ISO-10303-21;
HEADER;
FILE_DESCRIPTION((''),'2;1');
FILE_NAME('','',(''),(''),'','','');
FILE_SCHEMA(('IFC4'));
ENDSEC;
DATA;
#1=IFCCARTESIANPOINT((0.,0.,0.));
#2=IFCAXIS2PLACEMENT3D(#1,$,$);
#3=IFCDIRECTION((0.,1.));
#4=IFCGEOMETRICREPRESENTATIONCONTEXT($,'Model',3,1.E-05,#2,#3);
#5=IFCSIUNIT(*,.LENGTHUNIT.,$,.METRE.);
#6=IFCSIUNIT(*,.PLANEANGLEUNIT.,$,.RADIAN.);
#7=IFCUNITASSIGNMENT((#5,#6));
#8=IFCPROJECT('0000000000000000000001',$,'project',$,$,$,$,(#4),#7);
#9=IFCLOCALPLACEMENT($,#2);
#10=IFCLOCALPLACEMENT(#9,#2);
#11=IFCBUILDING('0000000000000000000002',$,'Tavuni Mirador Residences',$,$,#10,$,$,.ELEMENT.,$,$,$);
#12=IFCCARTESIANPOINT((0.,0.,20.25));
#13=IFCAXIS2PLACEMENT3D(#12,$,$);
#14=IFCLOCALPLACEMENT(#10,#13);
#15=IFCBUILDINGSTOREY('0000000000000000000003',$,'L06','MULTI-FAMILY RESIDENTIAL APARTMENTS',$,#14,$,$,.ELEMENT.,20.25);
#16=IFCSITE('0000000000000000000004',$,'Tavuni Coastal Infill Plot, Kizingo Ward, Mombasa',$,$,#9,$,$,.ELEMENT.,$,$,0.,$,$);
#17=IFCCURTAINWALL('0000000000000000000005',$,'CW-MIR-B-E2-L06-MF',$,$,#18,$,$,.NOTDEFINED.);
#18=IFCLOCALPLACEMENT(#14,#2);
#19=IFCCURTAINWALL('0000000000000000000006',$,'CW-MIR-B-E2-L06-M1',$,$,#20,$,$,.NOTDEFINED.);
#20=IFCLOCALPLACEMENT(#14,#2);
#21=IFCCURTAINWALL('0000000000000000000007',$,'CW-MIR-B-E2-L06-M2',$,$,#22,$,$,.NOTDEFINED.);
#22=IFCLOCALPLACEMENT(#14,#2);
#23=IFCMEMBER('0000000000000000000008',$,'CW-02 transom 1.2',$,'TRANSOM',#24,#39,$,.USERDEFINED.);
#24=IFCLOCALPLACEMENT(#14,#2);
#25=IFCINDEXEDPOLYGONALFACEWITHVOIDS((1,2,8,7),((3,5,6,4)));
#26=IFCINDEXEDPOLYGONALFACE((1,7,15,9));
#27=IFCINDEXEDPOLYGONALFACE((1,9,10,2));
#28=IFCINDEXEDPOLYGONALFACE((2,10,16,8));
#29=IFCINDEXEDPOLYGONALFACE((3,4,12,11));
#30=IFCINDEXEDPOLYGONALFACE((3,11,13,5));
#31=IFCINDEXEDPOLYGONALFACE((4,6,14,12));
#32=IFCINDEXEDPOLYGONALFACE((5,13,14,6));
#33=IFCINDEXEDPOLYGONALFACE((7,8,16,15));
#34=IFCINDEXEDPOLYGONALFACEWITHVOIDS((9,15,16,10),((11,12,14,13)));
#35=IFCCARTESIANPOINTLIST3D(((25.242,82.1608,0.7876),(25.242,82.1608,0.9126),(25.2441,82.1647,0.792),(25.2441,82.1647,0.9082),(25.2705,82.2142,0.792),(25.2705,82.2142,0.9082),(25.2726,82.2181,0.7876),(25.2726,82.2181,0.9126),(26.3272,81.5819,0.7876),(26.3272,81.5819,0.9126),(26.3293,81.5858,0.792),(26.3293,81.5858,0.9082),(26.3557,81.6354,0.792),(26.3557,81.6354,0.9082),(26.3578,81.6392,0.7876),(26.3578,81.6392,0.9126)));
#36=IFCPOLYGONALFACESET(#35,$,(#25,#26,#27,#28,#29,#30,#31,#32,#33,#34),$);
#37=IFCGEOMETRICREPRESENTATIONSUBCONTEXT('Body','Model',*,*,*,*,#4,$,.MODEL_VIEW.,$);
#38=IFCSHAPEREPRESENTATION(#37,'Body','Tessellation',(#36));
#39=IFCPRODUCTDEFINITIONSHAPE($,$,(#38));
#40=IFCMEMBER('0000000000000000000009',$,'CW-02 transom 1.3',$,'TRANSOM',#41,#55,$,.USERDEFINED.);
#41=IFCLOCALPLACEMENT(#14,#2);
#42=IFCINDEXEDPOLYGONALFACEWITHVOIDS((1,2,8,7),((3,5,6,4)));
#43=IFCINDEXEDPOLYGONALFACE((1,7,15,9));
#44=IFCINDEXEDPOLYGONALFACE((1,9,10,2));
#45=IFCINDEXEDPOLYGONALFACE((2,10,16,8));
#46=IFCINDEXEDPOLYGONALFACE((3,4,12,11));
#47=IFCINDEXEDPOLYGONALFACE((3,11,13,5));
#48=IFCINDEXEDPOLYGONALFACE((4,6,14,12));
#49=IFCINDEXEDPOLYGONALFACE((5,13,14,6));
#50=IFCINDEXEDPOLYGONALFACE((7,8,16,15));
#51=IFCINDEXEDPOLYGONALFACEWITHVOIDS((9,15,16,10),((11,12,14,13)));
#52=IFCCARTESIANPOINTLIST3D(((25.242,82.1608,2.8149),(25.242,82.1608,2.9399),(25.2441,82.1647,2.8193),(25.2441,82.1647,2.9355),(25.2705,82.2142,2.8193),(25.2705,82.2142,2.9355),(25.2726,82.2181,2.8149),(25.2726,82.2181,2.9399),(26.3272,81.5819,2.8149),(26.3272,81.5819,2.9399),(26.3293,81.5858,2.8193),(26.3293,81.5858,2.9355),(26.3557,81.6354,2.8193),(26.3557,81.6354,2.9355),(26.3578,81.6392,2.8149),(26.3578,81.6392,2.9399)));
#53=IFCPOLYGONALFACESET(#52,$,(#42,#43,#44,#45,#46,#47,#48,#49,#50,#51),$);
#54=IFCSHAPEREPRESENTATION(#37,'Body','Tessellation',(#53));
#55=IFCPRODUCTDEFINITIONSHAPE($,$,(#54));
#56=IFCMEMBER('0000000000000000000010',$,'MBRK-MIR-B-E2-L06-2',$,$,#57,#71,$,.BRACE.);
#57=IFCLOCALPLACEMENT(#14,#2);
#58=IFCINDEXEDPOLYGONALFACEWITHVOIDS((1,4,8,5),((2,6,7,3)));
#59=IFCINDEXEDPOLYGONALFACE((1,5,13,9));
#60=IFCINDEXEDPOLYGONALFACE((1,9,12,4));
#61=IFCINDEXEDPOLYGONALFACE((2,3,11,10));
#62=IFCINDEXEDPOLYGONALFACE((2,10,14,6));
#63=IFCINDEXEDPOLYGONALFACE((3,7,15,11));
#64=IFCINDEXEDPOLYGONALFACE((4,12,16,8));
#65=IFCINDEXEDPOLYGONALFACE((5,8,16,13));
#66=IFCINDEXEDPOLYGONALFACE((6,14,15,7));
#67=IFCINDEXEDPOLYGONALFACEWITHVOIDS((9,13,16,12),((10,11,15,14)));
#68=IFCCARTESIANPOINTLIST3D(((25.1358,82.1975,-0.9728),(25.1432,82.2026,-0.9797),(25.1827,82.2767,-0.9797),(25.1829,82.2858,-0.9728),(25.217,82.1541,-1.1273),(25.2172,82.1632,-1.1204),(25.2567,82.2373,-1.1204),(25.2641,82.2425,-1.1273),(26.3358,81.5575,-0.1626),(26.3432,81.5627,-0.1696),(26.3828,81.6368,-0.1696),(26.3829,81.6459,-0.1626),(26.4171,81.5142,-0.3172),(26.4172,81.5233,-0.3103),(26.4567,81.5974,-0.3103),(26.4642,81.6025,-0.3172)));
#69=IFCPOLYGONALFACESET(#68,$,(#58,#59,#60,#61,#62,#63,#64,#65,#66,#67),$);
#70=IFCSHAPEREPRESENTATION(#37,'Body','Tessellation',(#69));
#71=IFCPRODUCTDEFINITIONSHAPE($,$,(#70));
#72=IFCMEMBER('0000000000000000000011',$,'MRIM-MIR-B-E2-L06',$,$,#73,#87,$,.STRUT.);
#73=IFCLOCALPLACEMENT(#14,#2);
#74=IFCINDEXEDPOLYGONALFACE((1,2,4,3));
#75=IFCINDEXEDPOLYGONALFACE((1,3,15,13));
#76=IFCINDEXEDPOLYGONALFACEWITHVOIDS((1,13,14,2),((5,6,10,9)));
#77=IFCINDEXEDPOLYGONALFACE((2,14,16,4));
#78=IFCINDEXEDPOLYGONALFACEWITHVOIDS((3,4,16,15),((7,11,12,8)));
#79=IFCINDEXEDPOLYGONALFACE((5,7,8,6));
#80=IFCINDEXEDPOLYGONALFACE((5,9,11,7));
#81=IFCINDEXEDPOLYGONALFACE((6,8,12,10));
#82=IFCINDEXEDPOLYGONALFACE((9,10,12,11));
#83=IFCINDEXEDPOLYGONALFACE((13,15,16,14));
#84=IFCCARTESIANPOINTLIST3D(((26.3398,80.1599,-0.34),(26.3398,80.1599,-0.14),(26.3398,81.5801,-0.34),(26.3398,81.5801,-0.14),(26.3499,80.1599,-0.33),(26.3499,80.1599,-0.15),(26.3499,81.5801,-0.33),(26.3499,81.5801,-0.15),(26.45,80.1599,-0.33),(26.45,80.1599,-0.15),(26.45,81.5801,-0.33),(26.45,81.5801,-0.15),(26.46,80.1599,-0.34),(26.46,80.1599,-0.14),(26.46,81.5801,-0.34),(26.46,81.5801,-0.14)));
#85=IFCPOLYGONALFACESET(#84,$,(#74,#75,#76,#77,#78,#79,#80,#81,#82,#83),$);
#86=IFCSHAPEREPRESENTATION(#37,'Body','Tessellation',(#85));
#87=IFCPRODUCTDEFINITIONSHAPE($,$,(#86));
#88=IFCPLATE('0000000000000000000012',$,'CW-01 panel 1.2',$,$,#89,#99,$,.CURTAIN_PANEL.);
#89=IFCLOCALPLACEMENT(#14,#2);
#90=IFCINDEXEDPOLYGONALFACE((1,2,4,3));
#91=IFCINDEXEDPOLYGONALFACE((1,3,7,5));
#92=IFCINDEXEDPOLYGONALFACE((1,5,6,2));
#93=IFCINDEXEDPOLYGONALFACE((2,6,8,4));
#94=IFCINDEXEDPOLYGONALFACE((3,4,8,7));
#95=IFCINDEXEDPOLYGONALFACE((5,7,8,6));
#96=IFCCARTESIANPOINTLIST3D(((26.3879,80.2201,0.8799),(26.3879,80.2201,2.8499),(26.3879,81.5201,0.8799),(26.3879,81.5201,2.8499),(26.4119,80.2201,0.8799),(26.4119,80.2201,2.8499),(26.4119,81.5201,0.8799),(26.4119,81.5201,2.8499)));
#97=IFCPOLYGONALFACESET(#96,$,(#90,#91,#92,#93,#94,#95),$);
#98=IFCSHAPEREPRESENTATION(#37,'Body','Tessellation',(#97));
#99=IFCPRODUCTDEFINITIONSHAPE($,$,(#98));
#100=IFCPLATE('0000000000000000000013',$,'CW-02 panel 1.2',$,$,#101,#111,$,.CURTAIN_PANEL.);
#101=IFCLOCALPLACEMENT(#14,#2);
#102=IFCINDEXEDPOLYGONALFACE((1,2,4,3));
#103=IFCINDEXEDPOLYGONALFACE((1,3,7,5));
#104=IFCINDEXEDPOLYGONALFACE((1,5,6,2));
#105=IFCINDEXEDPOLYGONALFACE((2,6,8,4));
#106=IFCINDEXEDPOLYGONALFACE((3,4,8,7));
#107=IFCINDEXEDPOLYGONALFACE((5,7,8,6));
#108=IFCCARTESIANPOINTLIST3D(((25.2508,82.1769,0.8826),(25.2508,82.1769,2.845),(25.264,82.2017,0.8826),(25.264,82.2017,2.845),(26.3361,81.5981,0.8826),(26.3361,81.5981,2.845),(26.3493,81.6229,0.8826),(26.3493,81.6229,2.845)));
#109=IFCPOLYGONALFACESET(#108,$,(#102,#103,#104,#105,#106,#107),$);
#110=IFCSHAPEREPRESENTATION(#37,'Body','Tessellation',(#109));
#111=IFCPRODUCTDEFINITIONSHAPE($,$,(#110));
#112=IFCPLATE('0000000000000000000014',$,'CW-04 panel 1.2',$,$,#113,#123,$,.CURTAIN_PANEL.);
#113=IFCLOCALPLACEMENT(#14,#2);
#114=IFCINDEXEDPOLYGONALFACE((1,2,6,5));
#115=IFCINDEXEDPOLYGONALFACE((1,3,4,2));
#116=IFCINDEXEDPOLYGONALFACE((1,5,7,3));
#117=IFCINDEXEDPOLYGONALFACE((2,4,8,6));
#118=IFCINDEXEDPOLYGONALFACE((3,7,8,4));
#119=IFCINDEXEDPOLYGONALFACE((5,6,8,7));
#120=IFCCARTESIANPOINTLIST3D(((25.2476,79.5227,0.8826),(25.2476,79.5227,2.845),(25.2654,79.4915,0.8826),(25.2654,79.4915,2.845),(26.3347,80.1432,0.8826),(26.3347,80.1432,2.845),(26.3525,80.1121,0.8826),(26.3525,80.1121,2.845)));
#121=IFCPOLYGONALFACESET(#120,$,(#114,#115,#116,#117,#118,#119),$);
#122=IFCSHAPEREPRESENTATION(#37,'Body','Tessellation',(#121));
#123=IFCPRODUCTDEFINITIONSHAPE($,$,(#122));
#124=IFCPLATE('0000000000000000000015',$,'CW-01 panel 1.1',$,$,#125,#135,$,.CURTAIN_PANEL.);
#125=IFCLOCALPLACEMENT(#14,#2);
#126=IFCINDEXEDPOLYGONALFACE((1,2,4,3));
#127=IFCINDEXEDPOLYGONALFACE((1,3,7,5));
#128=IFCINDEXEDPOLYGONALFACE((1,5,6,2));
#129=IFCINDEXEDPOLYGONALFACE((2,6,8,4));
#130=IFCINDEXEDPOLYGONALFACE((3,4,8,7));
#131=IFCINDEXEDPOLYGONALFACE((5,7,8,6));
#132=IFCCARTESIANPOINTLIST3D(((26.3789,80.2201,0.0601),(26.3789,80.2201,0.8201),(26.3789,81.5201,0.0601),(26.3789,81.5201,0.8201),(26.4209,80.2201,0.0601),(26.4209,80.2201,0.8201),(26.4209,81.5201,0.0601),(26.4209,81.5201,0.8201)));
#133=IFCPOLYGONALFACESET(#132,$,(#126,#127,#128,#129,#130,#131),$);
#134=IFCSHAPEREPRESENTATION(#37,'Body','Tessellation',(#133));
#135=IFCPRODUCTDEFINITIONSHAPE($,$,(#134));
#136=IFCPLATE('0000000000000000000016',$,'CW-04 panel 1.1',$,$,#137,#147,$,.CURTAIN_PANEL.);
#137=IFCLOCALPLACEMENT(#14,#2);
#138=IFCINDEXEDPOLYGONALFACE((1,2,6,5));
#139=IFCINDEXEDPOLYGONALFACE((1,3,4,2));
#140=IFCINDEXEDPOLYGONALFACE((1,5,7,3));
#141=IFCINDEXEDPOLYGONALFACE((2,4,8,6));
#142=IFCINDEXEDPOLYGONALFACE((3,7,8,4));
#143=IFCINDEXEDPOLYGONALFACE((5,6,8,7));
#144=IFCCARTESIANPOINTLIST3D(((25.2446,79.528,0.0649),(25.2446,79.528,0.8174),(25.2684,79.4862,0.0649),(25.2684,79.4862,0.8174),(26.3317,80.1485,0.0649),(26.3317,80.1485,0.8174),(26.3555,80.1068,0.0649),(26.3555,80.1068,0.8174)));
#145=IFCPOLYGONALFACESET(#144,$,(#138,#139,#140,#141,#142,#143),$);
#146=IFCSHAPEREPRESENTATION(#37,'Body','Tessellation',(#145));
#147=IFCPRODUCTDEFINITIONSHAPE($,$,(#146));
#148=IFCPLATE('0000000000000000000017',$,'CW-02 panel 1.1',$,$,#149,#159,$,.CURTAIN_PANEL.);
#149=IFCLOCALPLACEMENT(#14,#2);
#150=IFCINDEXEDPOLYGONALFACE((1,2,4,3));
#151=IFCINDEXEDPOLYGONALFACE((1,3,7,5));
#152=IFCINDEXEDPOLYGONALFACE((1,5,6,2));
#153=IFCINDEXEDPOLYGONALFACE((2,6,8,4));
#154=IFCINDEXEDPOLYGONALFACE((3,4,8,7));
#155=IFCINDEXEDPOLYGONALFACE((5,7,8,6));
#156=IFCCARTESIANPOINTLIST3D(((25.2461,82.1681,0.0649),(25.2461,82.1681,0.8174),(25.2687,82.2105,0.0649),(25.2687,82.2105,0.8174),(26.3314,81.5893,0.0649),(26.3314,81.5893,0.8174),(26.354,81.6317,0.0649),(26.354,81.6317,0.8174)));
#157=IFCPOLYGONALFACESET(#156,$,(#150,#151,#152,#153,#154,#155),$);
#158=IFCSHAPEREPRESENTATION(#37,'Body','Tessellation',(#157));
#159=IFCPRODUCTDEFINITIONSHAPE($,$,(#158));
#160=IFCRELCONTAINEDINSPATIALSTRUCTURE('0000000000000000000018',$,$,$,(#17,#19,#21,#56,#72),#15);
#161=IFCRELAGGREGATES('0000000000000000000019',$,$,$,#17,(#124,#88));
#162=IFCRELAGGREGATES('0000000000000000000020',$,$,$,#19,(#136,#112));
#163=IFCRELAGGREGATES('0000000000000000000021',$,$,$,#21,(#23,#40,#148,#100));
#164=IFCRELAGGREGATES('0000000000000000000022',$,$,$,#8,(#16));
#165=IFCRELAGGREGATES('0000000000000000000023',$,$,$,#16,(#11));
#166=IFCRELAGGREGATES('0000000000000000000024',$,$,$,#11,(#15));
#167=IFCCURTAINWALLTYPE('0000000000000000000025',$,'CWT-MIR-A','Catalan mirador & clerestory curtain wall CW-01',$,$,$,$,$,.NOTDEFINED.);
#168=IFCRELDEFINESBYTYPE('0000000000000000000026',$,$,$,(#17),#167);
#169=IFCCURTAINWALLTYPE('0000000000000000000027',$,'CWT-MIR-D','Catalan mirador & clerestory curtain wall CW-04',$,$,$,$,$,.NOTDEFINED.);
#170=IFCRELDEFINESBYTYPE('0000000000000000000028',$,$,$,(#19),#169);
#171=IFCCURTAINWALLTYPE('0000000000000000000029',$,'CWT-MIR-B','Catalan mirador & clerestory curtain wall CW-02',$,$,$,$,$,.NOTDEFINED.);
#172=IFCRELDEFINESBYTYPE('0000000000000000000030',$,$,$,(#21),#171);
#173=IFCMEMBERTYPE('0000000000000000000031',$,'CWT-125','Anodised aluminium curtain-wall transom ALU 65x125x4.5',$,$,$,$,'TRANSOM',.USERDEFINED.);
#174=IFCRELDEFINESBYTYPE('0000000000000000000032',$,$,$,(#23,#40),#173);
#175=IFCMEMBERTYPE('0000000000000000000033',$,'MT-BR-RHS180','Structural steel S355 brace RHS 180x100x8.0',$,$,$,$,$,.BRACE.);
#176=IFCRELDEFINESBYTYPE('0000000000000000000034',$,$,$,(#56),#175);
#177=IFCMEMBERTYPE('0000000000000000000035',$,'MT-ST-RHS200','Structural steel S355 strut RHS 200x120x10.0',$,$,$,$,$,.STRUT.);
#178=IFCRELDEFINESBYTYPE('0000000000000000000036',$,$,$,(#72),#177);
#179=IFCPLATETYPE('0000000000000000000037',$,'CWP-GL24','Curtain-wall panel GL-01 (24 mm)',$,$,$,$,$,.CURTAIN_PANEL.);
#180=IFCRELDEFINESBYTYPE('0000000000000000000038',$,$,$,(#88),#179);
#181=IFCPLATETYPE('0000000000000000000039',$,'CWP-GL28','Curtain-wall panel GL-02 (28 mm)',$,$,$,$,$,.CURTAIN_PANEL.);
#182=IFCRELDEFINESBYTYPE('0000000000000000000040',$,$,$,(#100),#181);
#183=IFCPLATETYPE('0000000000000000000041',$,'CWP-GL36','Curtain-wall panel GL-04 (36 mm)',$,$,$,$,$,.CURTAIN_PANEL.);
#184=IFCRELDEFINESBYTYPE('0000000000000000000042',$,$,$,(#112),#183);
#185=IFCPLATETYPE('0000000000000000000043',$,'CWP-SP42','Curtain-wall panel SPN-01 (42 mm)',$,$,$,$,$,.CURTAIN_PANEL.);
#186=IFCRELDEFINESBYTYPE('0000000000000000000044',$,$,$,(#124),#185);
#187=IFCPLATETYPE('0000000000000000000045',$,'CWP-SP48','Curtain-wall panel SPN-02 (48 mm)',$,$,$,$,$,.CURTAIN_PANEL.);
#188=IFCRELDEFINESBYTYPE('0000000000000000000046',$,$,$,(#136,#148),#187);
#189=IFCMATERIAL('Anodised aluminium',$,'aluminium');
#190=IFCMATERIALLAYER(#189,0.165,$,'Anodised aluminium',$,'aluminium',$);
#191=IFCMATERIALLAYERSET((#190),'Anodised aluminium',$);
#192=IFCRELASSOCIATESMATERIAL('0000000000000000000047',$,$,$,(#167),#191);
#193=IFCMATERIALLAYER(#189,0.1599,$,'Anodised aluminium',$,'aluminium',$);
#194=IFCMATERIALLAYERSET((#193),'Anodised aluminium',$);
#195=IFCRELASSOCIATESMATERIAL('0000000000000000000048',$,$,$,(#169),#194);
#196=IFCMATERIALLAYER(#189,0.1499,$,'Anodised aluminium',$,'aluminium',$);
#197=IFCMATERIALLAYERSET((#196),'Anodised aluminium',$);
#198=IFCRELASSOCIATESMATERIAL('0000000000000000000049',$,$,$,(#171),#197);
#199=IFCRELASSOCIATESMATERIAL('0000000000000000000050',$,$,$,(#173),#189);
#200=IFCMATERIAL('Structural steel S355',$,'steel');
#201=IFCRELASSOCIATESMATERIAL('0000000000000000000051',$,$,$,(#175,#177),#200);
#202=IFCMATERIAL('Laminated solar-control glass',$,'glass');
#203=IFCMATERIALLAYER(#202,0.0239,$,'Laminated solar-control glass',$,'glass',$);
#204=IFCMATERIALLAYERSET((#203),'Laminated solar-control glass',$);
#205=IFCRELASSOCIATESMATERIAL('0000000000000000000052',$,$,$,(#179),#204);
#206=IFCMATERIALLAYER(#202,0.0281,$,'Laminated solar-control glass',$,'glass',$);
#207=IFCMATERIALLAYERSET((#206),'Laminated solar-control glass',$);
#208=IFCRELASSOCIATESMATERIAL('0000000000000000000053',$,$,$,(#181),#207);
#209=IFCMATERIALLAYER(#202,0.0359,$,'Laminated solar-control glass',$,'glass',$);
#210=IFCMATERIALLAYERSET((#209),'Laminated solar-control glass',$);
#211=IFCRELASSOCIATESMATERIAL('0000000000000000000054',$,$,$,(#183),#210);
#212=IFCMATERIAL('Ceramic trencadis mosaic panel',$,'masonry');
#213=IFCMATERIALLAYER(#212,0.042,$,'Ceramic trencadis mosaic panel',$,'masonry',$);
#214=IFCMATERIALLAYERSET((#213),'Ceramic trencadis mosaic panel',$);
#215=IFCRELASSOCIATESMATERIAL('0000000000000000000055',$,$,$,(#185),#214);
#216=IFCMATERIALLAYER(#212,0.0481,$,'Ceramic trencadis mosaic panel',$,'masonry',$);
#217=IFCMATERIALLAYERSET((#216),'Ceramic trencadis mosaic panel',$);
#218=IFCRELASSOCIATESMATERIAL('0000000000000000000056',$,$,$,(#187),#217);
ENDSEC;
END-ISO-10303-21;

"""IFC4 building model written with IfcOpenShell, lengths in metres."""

from ifc_helpers import new_model, si_unit, direction, frame, origin, origin_2d, place, context, subcontext, project, spatial, rectangle, hollow_rectangle, extrude, material, layer, layer_set, material_profile, profile_set, type_object, element, aggregate, save


model = new_model("IFC4")

# Units and contexts
model_context = context("Model", 3, precision=1e-05, world=origin(), true_north=direction((0.0, 1.0)))
body_context = subcontext(model_context, "Body", "Model", "MODEL_VIEW")
ifc_project = project(units=[si_unit("LENGTHUNIT", "METRE"), si_unit("PLANEANGLEUNIT", "RADIAN")], contexts=[model_context])

# Site, building, storey
site_placement = place(None, origin())
site = spatial("IfcSite", under=ifc_project, at=site_placement, Name="Tavuni Coastal Infill Plot, Kizingo Ward, Mombasa", CompositionType="ELEMENT", RefElevation=0.0)
building_placement = place(site_placement, origin())
building = spatial("IfcBuilding", under=site, at=building_placement, Name="Tavuni Mirador Residences", CompositionType="ELEMENT")
storey_placement = place(building_placement, frame((0.0, 0.0, 20.25)))
storey = spatial("IfcBuildingStorey", under=building, at=storey_placement, Name="L06", Description="MULTI-FAMILY RESIDENTIAL APARTMENTS", CompositionType="ELEMENT", Elevation=20.25)

# Curtain wall
ifc_material_1 = material(Name="Anodised aluminium", Category="aluminium")
ifc_layer_1 = layer(ifc_material_1, 0.165, Name="Anodised aluminium", Category="aluminium")
ifc_layer_set_1 = layer_set([ifc_layer_1], Name="Anodised aluminium")
curtain_wall_type_1 = type_object("IfcCurtainWallType", Name="CWT-MIR-A", Description="Catalan mirador & clerestory curtain wall CW-01", PredefinedType="NOTDEFINED", material=ifc_layer_set_1)
curtain_wall_1_placement = place(storey_placement, origin())
curtain_wall_1 = element("IfcCurtainWall", 1, at=curtain_wall_1_placement, inside=storey, type_object=curtain_wall_type_1, Name="CW-MIR-B-E2-L06-MF", PredefinedType="NOTDEFINED")

# Curtain wall
ifc_layer_2 = layer(ifc_material_1, 0.1599, Name="Anodised aluminium", Category="aluminium")
ifc_layer_set_2 = layer_set([ifc_layer_2], Name="Anodised aluminium")
curtain_wall_type_2 = type_object("IfcCurtainWallType", Name="CWT-MIR-D", Description="Catalan mirador & clerestory curtain wall CW-04", PredefinedType="NOTDEFINED", material=ifc_layer_set_2)
curtain_wall_2_placement = place(storey_placement, origin())
curtain_wall_2 = element("IfcCurtainWall", 2, at=curtain_wall_2_placement, inside=storey, type_object=curtain_wall_type_2, Name="CW-MIR-B-E2-L06-M1", PredefinedType="NOTDEFINED")

# Curtain wall
ifc_layer_3 = layer(ifc_material_1, 0.1499, Name="Anodised aluminium", Category="aluminium")
ifc_layer_set_3 = layer_set([ifc_layer_3], Name="Anodised aluminium")
curtain_wall_type_3 = type_object("IfcCurtainWallType", Name="CWT-MIR-B", Description="Catalan mirador & clerestory curtain wall CW-02", PredefinedType="NOTDEFINED", material=ifc_layer_set_3)
curtain_wall_3_placement = place(storey_placement, origin())
curtain_wall_3 = element("IfcCurtainWall", 3, at=curtain_wall_3_placement, inside=storey, type_object=curtain_wall_type_3, Name="CW-MIR-B-E2-L06-M2", PredefinedType="NOTDEFINED")

# Members
ifc_material_profile_1 = material_profile(ifc_material_1, hollow_rectangle(XDim=0.0649, YDim=0.125, WallThickness=0.0044, at=origin_2d()), Name="ALU 65x125x4.5", Category="aluminium")
ifc_profile_set_1 = profile_set([ifc_material_profile_1], Name="Anodised aluminium")
member_type_1 = type_object("IfcMemberType", Name="CWT-125", Description="Anodised aluminium curtain-wall transom ALU 65x125x4.5", ElementType="TRANSOM", PredefinedType="USERDEFINED", material=ifc_profile_set_1)
member_1_placement = place(storey_placement, frame((26.3425, 81.6106, 0.8501), z_axis=(-0.882325, 0.47064, 0.0), x_axis=(-0.47064, -0.882325, 0.0)))
member_1 = element("IfcMember", 4, at=member_1_placement, type_object=member_type_1, Name="CW-02 transom 1.2", ObjectType="TRANSOM", PredefinedType="USERDEFINED", context=body_context, shape_type="SweptSolid", body=[
    extrude(hollow_rectangle(XDim=0.0649, YDim=0.125, WallThickness=0.0044, at=origin_2d()), origin(), (0.0, 0.0, 1.0), 1.23),
])
member_2_placement = place(storey_placement, frame((26.3425, 81.6106, 2.8774), z_axis=(-0.882325, 0.47064, 0.0), x_axis=(-0.47064, -0.882325, 0.0)))
member_2 = element("IfcMember", 5, at=member_2_placement, type_object=member_type_1, Name="CW-02 transom 1.3", ObjectType="TRANSOM", PredefinedType="USERDEFINED", context=body_context, shape_type="SweptSolid", body=[
    extrude(hollow_rectangle(XDim=0.0649, YDim=0.125, WallThickness=0.0044, at=origin_2d()), origin(), (0.0, 0.0, 1.0), 1.23),
])

# Members
ifc_material_2 = material(Name="Structural steel S355", Category="steel")
ifc_material_profile_2 = material_profile(ifc_material_2, hollow_rectangle(XDim=0.1001, YDim=0.1799, WallThickness=0.0081, at=origin_2d()), Name="RHS 180x100x8.0", Category="steel")
ifc_profile_set_2 = profile_set([ifc_material_profile_2], Name="Structural steel S355")
member_type_2 = type_object("IfcMemberType", Name="MT-BR-RHS180", Description="Structural steel S355 brace RHS 180x100x8.0", PredefinedType="BRACE", material=ifc_profile_set_2)
member_3_placement = place(storey_placement, frame((25.2, 82.22, -1.05), z_axis=(0.758076, -0.404256, 0.511759), x_axis=(0.470542, 0.882378, 0.0)))
element("IfcMember", 6, at=member_3_placement, inside=storey, type_object=member_type_2, Name="MBRK-MIR-B-E2-L06-2", PredefinedType="BRACE", context=body_context, shape_type="SweptSolid", body=[
    extrude(hollow_rectangle(XDim=0.1001, YDim=0.1799, WallThickness=0.0081, at=origin_2d()), origin(), (0.0, 0.0, 1.0), 1.583),
])
ifc_material_profile_3 = material_profile(ifc_material_2, hollow_rectangle(XDim=0.1201, YDim=0.2, WallThickness=0.01, at=origin_2d()), Name="RHS 200x120x10.0", Category="steel")
ifc_profile_set_3 = profile_set([ifc_material_profile_3], Name="Structural steel S355")
member_type_3 = type_object("IfcMemberType", Name="MT-ST-RHS200", Description="Structural steel S355 strut RHS 200x120x10.0", PredefinedType="STRUT", material=ifc_profile_set_3)
member_4_placement = place(storey_placement, frame((26.3999, 80.1599, -0.24), z_axis=(0.0, 1.0, 0.0), x_axis=(-1.0, 0.0, 0.0)))
element("IfcMember", 7, at=member_4_placement, inside=storey, type_object=member_type_3, Name="MRIM-MIR-B-E2-L06", PredefinedType="STRUT", context=body_context, shape_type="SweptSolid", body=[
    extrude(hollow_rectangle(XDim=0.1201, YDim=0.2, WallThickness=0.01, at=origin_2d()), origin(), (0.0, 0.0, 1.0), 1.4202),
])

# Plates
ifc_material_3 = material(Name="Laminated solar-control glass", Category="glass")
ifc_layer_4 = layer(ifc_material_3, 0.0239, Name="Laminated solar-control glass", Category="glass")
ifc_layer_set_4 = layer_set([ifc_layer_4], Name="Laminated solar-control glass")
plate_type_1 = type_object("IfcPlateType", Name="CWP-GL24", Description="Curtain-wall panel GL-01 (24 mm)", PredefinedType="CURTAIN_PANEL", material=ifc_layer_set_4)
plate_1_placement = place(storey_placement, frame((26.3999, 80.8701, 0.8799), z_axis=(0.0, 0.0, 1.0), x_axis=(0.0, 1.0, 0.0)))
plate_1 = element("IfcPlate", 8, at=plate_1_placement, type_object=plate_type_1, Name="CW-01 panel 1.2", PredefinedType="CURTAIN_PANEL", context=body_context, shape_type="SweptSolid", body=[
    extrude(rectangle(XDim=1.3, YDim=0.0239, at=origin_2d()), origin(), (0.0, 0.0, 1.0), 1.97),
])
ifc_layer_5 = layer(ifc_material_3, 0.0281, Name="Laminated solar-control glass", Category="glass")
ifc_layer_set_5 = layer_set([ifc_layer_5], Name="Laminated solar-control glass")
plate_type_2 = type_object("IfcPlateType", Name="CWP-GL28", Description="Curtain-wall panel GL-02 (28 mm)", PredefinedType="CURTAIN_PANEL", material=ifc_layer_set_5)
plate_2_placement = place(storey_placement, frame((25.8, 81.8999, 0.8826), z_axis=(0.0, 0.0, 1.0), x_axis=(-0.882353, 0.470588, 0.0)))
plate_2 = element("IfcPlate", 9, at=plate_2_placement, type_object=plate_type_2, Name="CW-02 panel 1.2", PredefinedType="CURTAIN_PANEL", context=body_context, shape_type="SweptSolid", body=[
    extrude(rectangle(XDim=1.23, YDim=0.0281, at=origin_2d()), origin(), (0.0, 0.0, 1.0), 1.9624),
])
ifc_layer_6 = layer(ifc_material_3, 0.0359, Name="Laminated solar-control glass", Category="glass")
ifc_layer_set_6 = layer_set([ifc_layer_6], Name="Laminated solar-control glass")
plate_type_3 = type_object("IfcPlateType", Name="CWP-GL36", Description="Curtain-wall panel GL-04 (36 mm)", PredefinedType="CURTAIN_PANEL", material=ifc_layer_set_6)
plate_3_placement = place(storey_placement, frame((25.8, 79.8174, 0.8826), z_axis=(0.0, 0.0, 1.0), x_axis=(0.868466, 0.495749, 0.0)))
plate_3 = element("IfcPlate", 10, at=plate_3_placement, type_object=plate_type_3, Name="CW-04 panel 1.2", PredefinedType="CURTAIN_PANEL", context=body_context, shape_type="SweptSolid", body=[
    extrude(rectangle(XDim=1.2517, YDim=0.0359, at=origin_2d()), origin(), (0.0, 0.0, 1.0), 1.9624),
])
ifc_material_4 = material(Name="Ceramic trencadis mosaic panel", Category="masonry")
ifc_layer_7 = layer(ifc_material_4, 0.042, Name="Ceramic trencadis mosaic panel", Category="masonry")
ifc_layer_set_7 = layer_set([ifc_layer_7], Name="Ceramic trencadis mosaic panel")
plate_type_4 = type_object("IfcPlateType", Name="CWP-SP42", Description="Curtain-wall panel SPN-01 (42 mm)", PredefinedType="CURTAIN_PANEL", material=ifc_layer_set_7)
plate_4_placement = place(storey_placement, frame((26.3999, 80.8701, 0.0601), z_axis=(0.0, 0.0, 1.0), x_axis=(0.0, 1.0, 0.0)))
plate_4 = element("IfcPlate", 11, at=plate_4_placement, type_object=plate_type_4, Name="CW-01 panel 1.1", PredefinedType="CURTAIN_PANEL", context=body_context, shape_type="SweptSolid", body=[
    extrude(rectangle(XDim=1.3, YDim=0.042, at=origin_2d()), origin(), (0.0, 0.0, 1.0), 0.76),
])
aggregate(curtain_wall_1, [plate_4, plate_1])
ifc_layer_8 = layer(ifc_material_4, 0.0481, Name="Ceramic trencadis mosaic panel", Category="masonry")
ifc_layer_set_8 = layer_set([ifc_layer_8], Name="Ceramic trencadis mosaic panel")
plate_type_5 = type_object("IfcPlateType", Name="CWP-SP48", Description="Curtain-wall panel SPN-02 (48 mm)", PredefinedType="CURTAIN_PANEL", material=ifc_layer_set_8)
plate_5_placement = place(storey_placement, frame((25.8, 79.8174, 0.0649), z_axis=(0.0, 0.0, 1.0), x_axis=(0.868466, 0.495749, 0.0)))
plate_5 = element("IfcPlate", 12, at=plate_5_placement, type_object=plate_type_5, Name="CW-04 panel 1.1", PredefinedType="CURTAIN_PANEL", context=body_context, shape_type="SweptSolid", body=[
    extrude(rectangle(XDim=1.2517, YDim=0.0481, at=origin_2d()), origin(), (0.0, 0.0, 1.0), 0.7524),
])
aggregate(curtain_wall_2, [plate_5, plate_3])
plate_6_placement = place(storey_placement, frame((25.8, 81.8999, 0.0649), z_axis=(0.0, 0.0, 1.0), x_axis=(-0.882353, 0.470588, 0.0)))
plate_6 = element("IfcPlate", 13, at=plate_6_placement, type_object=plate_type_5, Name="CW-02 panel 1.1", PredefinedType="CURTAIN_PANEL", context=body_context, shape_type="SweptSolid", body=[
    extrude(rectangle(XDim=1.23, YDim=0.0481, at=origin_2d()), origin(), (0.0, 0.0, 1.0), 0.7524),
])
aggregate(curtain_wall_3, [member_1, member_2, plate_6, plate_2])

save(model, "model.ifc")
